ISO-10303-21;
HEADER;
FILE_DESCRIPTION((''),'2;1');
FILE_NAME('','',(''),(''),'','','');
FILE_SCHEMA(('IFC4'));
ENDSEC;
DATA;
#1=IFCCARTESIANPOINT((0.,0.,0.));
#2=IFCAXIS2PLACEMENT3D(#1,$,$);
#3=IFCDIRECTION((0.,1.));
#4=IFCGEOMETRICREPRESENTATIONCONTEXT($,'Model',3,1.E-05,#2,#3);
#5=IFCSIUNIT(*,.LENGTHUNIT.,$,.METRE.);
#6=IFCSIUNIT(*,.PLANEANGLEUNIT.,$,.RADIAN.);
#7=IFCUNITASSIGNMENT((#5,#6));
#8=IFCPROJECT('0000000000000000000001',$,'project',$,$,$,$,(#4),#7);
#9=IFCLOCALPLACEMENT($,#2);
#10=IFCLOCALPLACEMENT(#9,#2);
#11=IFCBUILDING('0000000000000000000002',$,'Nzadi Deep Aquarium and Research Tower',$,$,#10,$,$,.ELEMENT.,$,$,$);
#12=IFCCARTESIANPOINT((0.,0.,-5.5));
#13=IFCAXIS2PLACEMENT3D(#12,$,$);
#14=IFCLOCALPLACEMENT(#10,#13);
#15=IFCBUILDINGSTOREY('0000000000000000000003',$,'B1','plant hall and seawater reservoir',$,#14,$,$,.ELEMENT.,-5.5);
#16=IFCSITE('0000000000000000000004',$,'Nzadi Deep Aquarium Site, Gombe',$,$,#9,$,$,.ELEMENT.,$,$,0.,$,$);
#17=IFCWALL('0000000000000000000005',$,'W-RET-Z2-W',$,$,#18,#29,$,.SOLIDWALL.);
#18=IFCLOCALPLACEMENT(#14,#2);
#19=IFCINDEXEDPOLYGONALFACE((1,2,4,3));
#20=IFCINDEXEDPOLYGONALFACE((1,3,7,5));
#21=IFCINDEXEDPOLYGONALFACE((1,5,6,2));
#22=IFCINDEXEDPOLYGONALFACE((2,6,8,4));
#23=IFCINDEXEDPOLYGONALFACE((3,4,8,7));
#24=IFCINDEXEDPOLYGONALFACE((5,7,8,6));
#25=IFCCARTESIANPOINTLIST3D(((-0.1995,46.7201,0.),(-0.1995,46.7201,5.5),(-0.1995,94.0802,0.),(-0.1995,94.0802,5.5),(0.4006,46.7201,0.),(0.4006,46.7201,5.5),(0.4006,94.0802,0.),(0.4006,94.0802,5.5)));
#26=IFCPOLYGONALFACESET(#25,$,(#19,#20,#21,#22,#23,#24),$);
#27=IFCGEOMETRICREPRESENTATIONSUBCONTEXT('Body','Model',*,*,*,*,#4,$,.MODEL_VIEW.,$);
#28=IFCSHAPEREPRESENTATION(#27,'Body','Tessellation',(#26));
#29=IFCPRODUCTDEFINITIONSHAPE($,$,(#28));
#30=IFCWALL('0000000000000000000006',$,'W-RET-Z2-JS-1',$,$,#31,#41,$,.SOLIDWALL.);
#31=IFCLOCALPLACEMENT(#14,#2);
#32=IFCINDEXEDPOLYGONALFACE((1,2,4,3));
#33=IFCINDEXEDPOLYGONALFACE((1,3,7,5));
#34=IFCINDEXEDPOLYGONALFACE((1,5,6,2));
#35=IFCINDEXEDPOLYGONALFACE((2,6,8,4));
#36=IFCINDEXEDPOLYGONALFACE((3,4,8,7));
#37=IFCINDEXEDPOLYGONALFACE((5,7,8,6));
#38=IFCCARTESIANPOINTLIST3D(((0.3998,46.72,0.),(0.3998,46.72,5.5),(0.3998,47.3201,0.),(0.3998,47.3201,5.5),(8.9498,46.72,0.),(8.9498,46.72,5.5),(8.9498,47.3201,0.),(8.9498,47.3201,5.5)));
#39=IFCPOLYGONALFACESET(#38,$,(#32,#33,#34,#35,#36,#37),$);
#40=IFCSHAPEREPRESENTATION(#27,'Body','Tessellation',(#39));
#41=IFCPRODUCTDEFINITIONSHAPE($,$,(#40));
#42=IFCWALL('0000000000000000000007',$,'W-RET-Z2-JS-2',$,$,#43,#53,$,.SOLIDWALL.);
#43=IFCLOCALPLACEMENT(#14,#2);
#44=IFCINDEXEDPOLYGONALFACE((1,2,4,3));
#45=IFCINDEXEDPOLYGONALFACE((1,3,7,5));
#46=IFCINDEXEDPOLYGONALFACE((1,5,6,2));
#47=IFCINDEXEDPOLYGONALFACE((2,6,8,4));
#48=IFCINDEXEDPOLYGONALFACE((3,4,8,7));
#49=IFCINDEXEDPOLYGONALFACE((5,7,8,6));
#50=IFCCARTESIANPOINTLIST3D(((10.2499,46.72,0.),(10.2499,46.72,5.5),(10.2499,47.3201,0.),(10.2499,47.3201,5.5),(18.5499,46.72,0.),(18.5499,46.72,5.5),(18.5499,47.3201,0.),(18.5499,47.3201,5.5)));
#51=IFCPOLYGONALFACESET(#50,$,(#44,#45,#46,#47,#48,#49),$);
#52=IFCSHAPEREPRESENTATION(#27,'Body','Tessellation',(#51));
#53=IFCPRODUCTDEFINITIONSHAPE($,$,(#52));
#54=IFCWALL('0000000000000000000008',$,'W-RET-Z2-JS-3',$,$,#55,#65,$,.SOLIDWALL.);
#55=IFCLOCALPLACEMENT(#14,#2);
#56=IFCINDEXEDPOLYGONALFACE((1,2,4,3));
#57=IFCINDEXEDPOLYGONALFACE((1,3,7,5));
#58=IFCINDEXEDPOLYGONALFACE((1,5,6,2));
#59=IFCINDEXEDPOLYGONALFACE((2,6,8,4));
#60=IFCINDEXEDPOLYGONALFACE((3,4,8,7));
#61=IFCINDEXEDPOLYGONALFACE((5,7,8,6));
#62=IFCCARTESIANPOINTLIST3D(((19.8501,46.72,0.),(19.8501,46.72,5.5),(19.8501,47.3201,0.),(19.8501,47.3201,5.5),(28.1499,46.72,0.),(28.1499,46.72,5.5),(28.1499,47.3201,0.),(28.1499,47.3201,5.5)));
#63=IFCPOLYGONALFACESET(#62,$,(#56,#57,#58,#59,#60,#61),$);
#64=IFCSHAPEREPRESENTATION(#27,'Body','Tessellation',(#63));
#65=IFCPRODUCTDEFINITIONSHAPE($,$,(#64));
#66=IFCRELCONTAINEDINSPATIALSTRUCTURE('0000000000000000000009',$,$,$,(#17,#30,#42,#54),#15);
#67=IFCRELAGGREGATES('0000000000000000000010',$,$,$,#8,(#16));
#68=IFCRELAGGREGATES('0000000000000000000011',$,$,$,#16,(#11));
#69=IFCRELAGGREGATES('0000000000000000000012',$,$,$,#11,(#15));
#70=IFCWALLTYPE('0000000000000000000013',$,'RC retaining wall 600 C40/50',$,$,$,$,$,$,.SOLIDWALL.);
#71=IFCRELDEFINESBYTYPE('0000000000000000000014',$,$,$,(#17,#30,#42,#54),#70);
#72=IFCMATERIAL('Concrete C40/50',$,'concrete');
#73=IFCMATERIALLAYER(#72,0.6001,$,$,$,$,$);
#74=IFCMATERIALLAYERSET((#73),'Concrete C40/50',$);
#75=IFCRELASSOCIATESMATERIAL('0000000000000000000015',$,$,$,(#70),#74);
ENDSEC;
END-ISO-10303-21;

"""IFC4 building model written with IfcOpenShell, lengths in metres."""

from ifc_helpers import new_model, si_unit, direction, frame, frame_2d, origin, place, context, subcontext, project, spatial, rectangle, extrude, material, layer, layer_set, type_object, element, save


model = new_model("IFC4")

# Units and contexts
model_context = context("Model", 3, precision=1e-05, world=origin(), true_north=direction((0.0, 1.0)))
body_context = subcontext(model_context, "Body", "Model", "MODEL_VIEW")
ifc_project = project(units=[si_unit("LENGTHUNIT", "METRE"), si_unit("PLANEANGLEUNIT", "RADIAN")], contexts=[model_context])

# Site, building, storey
site_placement = place(None, origin())
site = spatial("IfcSite", under=ifc_project, at=site_placement, Name="Nzadi Deep Aquarium Site, Gombe", CompositionType="ELEMENT", RefElevation=0.0)
building_placement = place(site_placement, origin())
building = spatial("IfcBuilding", under=site, at=building_placement, Name="Nzadi Deep Aquarium and Research Tower", CompositionType="ELEMENT")
storey_placement = place(building_placement, frame((0.0, 0.0, -5.5)))
storey = spatial("IfcBuildingStorey", under=building, at=storey_placement, Name="B1", Description="plant hall and seawater reservoir", CompositionType="ELEMENT", Elevation=-5.5)

# Walls
ifc_material_1 = material(Name="Concrete C40/50", Category="concrete")
ifc_layer_1 = layer(ifc_material_1, 0.6001)
ifc_layer_set_1 = layer_set([ifc_layer_1], Name="Concrete C40/50")
wall_type_1 = type_object("IfcWallType", Name="RC retaining wall 600 C40/50", PredefinedType="SOLIDWALL", material=ifc_layer_set_1)
wall_1_placement = place(storey_placement, frame((0.1006, 46.72, 0.0), z_axis=(0.0, 0.0, 1.0), x_axis=(0.0, 1.0, 0.0)))
element("IfcWall", 1, at=wall_1_placement, inside=storey, type_object=wall_type_1, Name="W-RET-Z2-W", PredefinedType="SOLIDWALL", context=body_context, shape_type="SweptSolid", body=[
    extrude(rectangle(XDim=47.3601, YDim=0.6001, at=frame_2d((23.6802, 0.0))), origin(), (0.0, 0.0, 1.0), 5.5),
])
wall_2_placement = place(storey_placement, frame((0.3999, 47.02, 0.0), z_axis=(0.0, 0.0, 1.0), x_axis=(1.0, 0.0, 0.0)))
element("IfcWall", 2, at=wall_2_placement, inside=storey, type_object=wall_type_1, Name="W-RET-Z2-JS-1", PredefinedType="SOLIDWALL", context=body_context, shape_type="SweptSolid", body=[
    extrude(rectangle(XDim=8.55, YDim=0.6001, at=frame_2d((4.2749, 0.0))), origin(), (0.0, 0.0, 1.0), 5.5),
])
wall_3_placement = place(storey_placement, frame((10.25, 47.02, 0.0), z_axis=(0.0, 0.0, 1.0), x_axis=(1.0, 0.0, 0.0)))
element("IfcWall", 3, at=wall_3_placement, inside=storey, type_object=wall_type_1, Name="W-RET-Z2-JS-2", PredefinedType="SOLIDWALL", context=body_context, shape_type="SweptSolid", body=[
    extrude(rectangle(XDim=8.3, YDim=0.6001, at=frame_2d((4.1499, 0.0))), origin(), (0.0, 0.0, 1.0), 5.5),
])
wall_4_placement = place(storey_placement, frame((19.8501, 47.02, 0.0), z_axis=(0.0, 0.0, 1.0), x_axis=(1.0, 0.0, 0.0)))
element("IfcWall", 4, at=wall_4_placement, inside=storey, type_object=wall_type_1, Name="W-RET-Z2-JS-3", PredefinedType="SOLIDWALL", context=body_context, shape_type="SweptSolid", body=[
    extrude(rectangle(XDim=8.2998, YDim=0.6001, at=frame_2d((4.1499, 0.0))), origin(), (0.0, 0.0, 1.0), 5.5),
])

save(model, "model.ifc")
